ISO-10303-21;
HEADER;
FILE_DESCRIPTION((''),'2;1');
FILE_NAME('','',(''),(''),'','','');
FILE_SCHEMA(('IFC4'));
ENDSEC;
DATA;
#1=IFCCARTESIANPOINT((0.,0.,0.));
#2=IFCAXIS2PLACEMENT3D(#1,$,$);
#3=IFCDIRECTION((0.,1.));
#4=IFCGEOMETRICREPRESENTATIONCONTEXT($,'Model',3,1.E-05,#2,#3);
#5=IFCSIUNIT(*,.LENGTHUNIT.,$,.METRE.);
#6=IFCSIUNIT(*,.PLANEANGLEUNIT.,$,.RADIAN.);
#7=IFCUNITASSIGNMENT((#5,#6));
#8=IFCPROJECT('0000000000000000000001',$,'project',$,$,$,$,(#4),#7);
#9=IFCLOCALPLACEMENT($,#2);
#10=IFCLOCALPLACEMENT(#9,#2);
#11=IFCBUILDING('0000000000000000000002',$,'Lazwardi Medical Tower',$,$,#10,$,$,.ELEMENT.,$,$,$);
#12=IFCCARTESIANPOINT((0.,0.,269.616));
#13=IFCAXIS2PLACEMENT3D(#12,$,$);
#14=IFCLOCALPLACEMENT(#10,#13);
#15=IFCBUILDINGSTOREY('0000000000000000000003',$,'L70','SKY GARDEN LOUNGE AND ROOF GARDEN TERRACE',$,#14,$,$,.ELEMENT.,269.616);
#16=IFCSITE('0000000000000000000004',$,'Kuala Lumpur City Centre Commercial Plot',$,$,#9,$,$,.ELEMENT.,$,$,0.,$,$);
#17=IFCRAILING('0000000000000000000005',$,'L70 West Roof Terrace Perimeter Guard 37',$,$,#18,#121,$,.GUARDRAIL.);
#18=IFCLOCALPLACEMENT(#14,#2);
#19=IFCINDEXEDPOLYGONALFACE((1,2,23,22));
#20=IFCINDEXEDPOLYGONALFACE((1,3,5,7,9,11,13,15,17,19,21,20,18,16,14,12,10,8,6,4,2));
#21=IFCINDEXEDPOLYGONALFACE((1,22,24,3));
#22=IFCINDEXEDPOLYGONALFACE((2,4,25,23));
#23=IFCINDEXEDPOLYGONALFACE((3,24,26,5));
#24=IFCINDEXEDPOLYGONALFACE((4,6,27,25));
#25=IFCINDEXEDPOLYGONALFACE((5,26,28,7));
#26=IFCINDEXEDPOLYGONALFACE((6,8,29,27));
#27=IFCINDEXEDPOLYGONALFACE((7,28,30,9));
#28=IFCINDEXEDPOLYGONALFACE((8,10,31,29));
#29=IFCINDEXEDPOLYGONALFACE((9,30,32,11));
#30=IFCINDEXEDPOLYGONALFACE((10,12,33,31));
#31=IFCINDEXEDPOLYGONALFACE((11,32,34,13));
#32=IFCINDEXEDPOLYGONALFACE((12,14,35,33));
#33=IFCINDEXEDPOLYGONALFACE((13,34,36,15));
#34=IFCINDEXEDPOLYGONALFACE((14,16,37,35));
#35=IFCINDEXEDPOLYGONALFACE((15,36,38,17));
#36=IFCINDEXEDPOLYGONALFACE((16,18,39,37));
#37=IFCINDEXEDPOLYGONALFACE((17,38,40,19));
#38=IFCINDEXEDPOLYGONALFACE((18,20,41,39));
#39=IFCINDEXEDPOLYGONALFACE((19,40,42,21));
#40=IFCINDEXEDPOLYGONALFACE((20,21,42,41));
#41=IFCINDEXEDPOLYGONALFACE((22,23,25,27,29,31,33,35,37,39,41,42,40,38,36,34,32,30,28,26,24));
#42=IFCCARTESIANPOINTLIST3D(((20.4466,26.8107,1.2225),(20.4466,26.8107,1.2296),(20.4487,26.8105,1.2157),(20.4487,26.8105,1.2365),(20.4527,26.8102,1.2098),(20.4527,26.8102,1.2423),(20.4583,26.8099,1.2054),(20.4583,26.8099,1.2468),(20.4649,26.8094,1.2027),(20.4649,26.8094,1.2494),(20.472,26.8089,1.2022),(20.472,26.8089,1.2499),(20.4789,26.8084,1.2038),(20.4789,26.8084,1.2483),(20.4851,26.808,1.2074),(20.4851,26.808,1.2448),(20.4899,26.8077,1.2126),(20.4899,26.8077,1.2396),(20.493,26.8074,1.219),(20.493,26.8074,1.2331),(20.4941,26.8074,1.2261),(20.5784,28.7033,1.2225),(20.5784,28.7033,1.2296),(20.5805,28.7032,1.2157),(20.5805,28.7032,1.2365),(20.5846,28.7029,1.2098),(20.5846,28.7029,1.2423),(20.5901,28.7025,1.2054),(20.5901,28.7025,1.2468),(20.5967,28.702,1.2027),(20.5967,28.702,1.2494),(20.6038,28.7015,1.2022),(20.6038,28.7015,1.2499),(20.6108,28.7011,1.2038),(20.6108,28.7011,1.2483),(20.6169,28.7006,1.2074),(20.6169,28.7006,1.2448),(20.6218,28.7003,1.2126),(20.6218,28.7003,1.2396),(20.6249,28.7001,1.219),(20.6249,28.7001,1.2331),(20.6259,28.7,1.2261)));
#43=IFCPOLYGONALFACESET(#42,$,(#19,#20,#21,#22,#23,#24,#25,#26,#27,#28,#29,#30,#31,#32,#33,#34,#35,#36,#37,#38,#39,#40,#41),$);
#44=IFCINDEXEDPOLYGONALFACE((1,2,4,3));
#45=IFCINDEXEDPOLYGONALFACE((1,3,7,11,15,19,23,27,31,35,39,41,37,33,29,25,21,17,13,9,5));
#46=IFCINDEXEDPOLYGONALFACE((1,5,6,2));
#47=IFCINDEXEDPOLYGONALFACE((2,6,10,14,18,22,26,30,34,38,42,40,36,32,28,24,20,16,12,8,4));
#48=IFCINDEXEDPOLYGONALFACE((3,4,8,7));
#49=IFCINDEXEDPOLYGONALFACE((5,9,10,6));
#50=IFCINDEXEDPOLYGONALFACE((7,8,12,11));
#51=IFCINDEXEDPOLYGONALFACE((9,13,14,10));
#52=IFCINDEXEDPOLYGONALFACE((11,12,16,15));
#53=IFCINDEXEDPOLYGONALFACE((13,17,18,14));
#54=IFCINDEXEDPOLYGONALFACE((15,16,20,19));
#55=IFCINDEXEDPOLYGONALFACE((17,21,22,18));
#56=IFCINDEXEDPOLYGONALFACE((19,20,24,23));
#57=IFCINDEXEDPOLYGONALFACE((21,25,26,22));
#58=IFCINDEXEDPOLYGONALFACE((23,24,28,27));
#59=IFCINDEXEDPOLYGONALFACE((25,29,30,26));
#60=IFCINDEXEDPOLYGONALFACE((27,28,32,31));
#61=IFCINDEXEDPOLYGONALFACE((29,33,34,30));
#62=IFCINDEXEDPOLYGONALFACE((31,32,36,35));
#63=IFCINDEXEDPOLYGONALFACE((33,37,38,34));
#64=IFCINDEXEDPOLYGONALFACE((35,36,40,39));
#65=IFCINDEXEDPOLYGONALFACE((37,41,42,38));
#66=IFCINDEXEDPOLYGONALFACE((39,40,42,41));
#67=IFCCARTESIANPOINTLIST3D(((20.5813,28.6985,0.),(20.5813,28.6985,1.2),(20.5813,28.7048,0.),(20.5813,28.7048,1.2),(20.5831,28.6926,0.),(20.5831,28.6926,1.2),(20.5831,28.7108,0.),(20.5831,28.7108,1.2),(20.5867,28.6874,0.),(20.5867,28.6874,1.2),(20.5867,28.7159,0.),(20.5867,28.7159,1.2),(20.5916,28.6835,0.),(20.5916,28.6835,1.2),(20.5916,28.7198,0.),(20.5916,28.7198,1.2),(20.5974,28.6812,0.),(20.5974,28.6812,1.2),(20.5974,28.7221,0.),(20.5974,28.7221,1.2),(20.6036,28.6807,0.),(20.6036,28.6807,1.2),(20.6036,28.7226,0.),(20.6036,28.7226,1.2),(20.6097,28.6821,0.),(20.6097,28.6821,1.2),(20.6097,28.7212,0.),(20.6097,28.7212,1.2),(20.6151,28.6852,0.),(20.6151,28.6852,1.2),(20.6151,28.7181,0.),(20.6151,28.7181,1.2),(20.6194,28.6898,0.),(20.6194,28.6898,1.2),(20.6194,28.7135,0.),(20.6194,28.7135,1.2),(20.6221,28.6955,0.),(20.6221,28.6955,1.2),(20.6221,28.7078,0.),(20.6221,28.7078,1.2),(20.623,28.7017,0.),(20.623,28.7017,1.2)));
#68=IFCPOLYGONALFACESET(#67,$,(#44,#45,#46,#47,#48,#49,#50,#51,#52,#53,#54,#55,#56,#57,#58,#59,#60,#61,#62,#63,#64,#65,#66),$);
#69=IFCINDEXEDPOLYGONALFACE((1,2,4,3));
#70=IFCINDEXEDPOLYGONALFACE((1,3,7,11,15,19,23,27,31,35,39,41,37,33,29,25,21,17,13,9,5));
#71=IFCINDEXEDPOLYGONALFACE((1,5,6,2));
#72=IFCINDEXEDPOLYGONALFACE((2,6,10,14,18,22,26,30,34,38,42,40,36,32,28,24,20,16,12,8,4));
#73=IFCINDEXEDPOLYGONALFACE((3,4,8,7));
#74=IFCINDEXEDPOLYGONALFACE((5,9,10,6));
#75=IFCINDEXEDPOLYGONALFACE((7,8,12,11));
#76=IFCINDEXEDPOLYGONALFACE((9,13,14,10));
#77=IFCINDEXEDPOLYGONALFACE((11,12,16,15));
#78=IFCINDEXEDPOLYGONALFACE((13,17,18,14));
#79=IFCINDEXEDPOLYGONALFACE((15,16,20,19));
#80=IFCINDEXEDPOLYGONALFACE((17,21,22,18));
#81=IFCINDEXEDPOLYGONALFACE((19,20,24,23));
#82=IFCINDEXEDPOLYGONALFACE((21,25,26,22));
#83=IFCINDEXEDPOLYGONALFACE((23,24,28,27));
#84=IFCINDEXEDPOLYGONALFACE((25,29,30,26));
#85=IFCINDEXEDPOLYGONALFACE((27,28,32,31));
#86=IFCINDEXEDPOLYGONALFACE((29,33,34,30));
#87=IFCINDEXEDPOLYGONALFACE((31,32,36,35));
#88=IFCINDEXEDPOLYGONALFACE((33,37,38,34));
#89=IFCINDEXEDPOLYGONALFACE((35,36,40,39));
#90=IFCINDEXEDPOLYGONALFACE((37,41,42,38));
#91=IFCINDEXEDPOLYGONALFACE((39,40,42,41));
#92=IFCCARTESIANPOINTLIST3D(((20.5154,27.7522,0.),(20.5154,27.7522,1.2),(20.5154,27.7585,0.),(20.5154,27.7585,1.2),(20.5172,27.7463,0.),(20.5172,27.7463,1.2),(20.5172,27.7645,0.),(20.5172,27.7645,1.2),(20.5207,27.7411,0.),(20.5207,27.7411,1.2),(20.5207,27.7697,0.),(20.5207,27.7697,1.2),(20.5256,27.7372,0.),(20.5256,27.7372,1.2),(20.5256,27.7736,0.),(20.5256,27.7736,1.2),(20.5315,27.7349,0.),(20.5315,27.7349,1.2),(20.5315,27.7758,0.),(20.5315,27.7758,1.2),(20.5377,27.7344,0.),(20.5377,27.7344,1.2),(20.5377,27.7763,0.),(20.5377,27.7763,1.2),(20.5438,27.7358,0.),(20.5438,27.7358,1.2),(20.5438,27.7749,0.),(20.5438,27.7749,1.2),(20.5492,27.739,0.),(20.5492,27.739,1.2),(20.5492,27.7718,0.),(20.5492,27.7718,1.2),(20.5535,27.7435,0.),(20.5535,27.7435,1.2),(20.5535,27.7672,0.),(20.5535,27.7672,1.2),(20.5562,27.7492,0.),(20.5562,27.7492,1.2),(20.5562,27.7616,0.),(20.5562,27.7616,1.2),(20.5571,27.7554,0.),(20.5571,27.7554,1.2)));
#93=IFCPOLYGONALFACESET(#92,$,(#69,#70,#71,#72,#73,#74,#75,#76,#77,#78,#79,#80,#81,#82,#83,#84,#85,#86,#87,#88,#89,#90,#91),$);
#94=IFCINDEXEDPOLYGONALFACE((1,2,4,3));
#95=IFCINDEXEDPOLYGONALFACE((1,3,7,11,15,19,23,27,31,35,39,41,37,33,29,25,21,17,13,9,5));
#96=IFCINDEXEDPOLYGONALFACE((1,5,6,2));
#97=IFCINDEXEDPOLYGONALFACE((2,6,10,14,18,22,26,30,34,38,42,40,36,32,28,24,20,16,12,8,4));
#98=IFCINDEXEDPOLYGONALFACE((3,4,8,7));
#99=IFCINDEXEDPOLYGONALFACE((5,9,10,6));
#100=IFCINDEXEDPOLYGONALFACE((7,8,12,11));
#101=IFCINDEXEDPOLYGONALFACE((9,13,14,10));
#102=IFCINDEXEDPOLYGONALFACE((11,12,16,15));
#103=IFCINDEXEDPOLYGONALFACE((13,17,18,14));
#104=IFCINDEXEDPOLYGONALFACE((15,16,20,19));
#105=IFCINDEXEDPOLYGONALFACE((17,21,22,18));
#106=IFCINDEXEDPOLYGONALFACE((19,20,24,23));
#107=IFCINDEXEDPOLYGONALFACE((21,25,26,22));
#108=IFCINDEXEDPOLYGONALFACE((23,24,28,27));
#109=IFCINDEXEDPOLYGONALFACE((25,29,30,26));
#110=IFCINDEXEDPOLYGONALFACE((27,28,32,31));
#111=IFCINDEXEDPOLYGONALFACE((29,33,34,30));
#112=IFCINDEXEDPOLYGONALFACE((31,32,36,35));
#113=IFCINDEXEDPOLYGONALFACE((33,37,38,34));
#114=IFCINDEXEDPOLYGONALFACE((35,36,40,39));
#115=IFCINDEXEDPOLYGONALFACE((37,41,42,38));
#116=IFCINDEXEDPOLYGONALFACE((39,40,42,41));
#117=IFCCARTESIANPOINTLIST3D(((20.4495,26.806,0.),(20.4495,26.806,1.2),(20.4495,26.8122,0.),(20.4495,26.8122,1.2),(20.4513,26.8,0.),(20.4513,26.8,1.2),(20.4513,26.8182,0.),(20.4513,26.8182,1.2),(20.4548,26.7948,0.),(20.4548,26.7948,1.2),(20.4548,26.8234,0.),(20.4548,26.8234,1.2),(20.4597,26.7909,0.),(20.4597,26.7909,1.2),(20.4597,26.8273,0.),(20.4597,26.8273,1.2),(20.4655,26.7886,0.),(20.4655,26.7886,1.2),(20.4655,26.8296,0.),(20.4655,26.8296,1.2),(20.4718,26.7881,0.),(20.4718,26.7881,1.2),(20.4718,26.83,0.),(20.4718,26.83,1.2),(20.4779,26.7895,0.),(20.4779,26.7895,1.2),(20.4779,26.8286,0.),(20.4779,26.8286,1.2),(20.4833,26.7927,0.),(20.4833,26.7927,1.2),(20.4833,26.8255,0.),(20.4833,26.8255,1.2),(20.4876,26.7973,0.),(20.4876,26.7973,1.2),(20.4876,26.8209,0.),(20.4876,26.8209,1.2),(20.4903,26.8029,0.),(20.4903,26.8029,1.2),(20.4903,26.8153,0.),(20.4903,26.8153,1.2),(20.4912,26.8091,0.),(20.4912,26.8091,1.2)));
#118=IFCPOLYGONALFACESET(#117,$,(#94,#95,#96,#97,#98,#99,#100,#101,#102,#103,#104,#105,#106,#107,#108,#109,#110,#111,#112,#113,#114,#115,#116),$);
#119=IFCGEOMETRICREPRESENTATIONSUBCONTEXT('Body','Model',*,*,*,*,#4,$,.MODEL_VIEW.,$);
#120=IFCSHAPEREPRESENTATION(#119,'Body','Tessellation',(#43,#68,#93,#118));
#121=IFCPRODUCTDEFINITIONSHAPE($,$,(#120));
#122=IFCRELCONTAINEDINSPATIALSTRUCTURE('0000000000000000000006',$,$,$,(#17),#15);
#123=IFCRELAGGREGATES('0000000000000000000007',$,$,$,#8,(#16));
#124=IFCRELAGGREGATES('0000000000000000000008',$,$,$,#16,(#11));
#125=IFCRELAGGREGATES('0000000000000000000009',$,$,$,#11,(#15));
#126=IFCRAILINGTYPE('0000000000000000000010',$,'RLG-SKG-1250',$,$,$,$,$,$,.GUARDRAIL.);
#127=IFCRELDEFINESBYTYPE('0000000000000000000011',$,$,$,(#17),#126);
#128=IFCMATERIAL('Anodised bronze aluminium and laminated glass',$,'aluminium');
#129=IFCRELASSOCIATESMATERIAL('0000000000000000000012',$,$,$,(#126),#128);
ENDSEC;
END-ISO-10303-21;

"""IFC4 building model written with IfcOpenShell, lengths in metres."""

from ifc_helpers import new_model, si_unit, direction, frame, origin, origin_2d, place, context, subcontext, project, spatial, circle, extrude, material, type_object, element, save


model = new_model("IFC4")

# Units and contexts
model_context = context("Model", 3, precision=1e-05, world=origin(), true_north=direction((0.0, 1.0)))
body_context = subcontext(model_context, "Body", "Model", "MODEL_VIEW")
ifc_project = project(units=[si_unit("LENGTHUNIT", "METRE"), si_unit("PLANEANGLEUNIT", "RADIAN")], contexts=[model_context])

# Site, building, storey
site_placement = place(None, origin())
site = spatial("IfcSite", under=ifc_project, at=site_placement, Name="Kuala Lumpur City Centre Commercial Plot", CompositionType="ELEMENT", RefElevation=0.0)
building_placement = place(site_placement, origin())
building = spatial("IfcBuilding", under=site, at=building_placement, Name="Lazwardi Medical Tower", CompositionType="ELEMENT")
storey_placement = place(building_placement, frame((0.0, 0.0, 269.616)))
storey = spatial("IfcBuildingStorey", under=building, at=storey_placement, Name="L70", Description="SKY GARDEN LOUNGE AND ROOF GARDEN TERRACE", CompositionType="ELEMENT", Elevation=269.616)

# Shared definitions
ifc_material_1 = material(Name="Anodised bronze aluminium and laminated glass", Category="aluminium")

# Railing
railing_type = type_object("IfcRailingType", Name="RLG-SKG-1250", PredefinedType="GUARDRAIL", material=ifc_material_1)
railing_1_placement = place(storey_placement, frame((20.6021, 28.7017, 0.0)))
element("IfcRailing", 1, at=railing_1_placement, inside=storey, type_object=railing_type, Name="L70 West Roof Terrace Perimeter Guard 37", PredefinedType="GUARDRAIL", context=body_context, shape_type="SweptSolid", body=[
    extrude(circle(Radius=0.0239, at=origin_2d()), frame((0.0, 0.0, 1.2261), z_axis=(-0.069491, -0.997583, 0.0), x_axis=(0.997583, -0.069491, 0.0)), (0.0, 0.0, 1.0), 1.8972),
    extrude(circle(Radius=0.021, at=origin_2d()), origin(), (0.0, 0.0, 1.0), 1.2),
    extrude(circle(Radius=0.021, at=origin_2d()), frame((-0.0659, -0.9463, 0.0)), (0.0, 0.0, 1.0), 1.2),
    extrude(circle(Radius=0.021, at=origin_2d()), frame((-0.1318, -1.8926, 0.0)), (0.0, 0.0, 1.0), 1.2),
])

save(model, "model.ifc")
